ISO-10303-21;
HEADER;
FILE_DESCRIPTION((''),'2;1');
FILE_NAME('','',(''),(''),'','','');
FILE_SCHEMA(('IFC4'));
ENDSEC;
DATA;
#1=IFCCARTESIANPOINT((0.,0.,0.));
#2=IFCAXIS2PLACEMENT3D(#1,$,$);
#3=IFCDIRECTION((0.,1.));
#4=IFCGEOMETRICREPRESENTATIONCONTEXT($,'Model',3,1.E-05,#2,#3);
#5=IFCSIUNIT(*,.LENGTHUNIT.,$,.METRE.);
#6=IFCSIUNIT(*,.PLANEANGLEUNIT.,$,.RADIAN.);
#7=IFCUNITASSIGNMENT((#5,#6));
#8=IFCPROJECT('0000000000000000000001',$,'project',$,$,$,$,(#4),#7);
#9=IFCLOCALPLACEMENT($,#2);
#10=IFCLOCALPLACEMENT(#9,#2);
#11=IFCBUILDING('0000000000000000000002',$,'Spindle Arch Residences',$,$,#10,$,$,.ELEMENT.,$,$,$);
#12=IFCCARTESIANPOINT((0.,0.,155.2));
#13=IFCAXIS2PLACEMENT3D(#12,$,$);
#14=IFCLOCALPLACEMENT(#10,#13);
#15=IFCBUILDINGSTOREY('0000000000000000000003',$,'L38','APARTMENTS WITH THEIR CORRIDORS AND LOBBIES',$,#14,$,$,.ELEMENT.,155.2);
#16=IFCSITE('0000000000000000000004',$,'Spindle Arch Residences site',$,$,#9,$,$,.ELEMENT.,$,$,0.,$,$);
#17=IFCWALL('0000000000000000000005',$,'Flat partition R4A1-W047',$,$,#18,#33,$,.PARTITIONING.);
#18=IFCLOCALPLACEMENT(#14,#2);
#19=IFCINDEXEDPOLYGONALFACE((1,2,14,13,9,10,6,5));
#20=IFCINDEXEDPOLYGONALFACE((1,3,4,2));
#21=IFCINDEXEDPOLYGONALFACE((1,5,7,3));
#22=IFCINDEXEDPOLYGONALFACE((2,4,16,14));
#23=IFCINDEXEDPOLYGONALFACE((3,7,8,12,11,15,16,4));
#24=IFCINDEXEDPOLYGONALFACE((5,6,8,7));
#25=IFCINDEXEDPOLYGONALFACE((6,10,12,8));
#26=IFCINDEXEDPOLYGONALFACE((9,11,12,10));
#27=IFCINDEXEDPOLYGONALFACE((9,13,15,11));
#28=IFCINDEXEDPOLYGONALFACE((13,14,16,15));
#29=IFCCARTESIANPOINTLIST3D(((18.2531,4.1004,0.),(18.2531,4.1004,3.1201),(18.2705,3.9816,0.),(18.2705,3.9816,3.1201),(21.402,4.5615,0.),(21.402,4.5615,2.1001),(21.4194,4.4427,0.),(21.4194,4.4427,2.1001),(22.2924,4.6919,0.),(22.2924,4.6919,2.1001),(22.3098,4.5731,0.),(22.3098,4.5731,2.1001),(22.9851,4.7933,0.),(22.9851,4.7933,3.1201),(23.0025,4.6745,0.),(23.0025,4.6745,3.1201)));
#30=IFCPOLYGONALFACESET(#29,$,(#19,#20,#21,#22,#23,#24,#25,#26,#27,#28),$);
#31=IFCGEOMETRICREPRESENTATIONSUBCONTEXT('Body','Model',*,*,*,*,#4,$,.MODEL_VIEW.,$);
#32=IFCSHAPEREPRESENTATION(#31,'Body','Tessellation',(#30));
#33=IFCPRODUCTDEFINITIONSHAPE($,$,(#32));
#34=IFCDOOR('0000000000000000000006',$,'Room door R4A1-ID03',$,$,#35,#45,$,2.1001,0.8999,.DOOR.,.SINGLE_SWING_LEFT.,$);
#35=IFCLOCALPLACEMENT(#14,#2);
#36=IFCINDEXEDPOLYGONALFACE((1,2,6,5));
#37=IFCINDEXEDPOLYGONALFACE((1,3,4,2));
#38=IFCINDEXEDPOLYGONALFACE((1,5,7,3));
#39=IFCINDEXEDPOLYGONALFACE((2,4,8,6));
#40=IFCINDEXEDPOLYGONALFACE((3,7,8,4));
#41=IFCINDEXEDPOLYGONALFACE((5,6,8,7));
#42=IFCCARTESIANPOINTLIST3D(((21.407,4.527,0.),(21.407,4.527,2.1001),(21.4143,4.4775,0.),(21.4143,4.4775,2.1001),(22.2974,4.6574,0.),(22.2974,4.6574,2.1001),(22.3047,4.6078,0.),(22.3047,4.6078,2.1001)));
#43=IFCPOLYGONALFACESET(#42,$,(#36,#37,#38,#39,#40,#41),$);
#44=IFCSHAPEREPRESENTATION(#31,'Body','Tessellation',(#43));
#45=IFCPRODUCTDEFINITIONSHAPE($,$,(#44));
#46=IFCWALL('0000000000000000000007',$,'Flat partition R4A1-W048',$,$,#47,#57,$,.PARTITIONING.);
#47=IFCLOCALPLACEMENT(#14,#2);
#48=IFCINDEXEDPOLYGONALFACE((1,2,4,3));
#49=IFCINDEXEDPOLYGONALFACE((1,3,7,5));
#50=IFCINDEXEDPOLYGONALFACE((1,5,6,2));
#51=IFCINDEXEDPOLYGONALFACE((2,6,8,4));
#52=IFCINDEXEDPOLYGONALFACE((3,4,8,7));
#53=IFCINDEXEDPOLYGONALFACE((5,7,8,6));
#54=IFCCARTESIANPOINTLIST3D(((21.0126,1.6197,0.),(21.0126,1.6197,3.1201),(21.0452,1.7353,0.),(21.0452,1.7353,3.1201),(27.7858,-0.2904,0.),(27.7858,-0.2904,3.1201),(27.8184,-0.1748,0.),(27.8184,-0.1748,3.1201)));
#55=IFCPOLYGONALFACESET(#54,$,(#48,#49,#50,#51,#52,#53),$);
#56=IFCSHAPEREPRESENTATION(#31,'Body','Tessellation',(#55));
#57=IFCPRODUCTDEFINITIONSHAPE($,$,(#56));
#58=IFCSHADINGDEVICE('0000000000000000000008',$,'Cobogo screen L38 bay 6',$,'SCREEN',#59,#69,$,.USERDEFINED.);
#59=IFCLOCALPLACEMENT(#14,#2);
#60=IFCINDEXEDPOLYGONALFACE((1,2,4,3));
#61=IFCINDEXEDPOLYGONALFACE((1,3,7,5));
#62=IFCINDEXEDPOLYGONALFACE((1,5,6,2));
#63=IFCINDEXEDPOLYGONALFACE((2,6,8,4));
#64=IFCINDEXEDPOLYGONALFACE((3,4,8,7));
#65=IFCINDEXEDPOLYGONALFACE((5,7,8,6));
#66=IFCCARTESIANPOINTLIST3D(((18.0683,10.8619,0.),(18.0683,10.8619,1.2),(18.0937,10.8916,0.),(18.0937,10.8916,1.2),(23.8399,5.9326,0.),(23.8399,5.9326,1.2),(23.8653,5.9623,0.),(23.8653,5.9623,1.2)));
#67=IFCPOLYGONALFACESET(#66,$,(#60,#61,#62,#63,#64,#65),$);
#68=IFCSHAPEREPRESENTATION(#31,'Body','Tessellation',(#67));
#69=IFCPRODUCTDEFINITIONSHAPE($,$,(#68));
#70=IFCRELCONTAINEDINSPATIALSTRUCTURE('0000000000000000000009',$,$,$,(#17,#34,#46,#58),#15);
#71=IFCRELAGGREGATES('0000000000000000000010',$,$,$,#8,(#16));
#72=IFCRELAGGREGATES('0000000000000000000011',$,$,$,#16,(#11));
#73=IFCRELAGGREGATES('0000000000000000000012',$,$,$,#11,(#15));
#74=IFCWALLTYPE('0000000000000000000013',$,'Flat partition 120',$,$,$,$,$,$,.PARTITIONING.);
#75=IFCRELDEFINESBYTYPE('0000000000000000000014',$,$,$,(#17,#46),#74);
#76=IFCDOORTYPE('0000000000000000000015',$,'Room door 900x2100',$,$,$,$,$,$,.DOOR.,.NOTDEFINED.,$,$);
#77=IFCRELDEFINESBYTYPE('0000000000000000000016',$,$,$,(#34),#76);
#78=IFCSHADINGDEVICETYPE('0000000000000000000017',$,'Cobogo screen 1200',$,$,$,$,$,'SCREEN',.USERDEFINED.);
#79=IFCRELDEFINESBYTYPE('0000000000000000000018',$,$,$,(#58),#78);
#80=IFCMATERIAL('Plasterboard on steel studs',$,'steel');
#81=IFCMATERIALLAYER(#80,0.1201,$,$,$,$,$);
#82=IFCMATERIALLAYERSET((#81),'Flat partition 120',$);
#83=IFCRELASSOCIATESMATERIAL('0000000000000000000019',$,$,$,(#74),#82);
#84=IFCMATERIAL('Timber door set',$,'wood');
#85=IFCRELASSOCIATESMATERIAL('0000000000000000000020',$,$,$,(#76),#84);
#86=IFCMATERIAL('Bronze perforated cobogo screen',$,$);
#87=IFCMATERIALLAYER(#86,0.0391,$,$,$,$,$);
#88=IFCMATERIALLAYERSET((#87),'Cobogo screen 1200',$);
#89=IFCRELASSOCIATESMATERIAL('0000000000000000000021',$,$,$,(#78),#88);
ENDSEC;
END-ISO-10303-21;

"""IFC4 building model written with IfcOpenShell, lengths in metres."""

from ifc_helpers import new_model, si_unit, direction, frame, frame_2d, origin, origin_2d, place, context, subcontext, project, spatial, rectangle, extrude, material, layer, layer_set, type_object, element, fill, save


model = new_model("IFC4")

# Units and contexts
model_context = context("Model", 3, precision=1e-05, world=origin(), true_north=direction((0.0, 1.0)))
body_context = subcontext(model_context, "Body", "Model", "MODEL_VIEW")
ifc_project = project(units=[si_unit("LENGTHUNIT", "METRE"), si_unit("PLANEANGLEUNIT", "RADIAN")], contexts=[model_context])

# Site, building, storey
site_placement = place(None, origin())
site = spatial("IfcSite", under=ifc_project, at=site_placement, Name="Spindle Arch Residences site", CompositionType="ELEMENT", RefElevation=0.0)
building_placement = place(site_placement, origin())
building = spatial("IfcBuilding", under=site, at=building_placement, Name="Spindle Arch Residences", CompositionType="ELEMENT")
storey_placement = place(building_placement, frame((0.0, 0.0, 155.2)))
storey = spatial("IfcBuildingStorey", under=building, at=storey_placement, Name="L38", Description="APARTMENTS WITH THEIR CORRIDORS AND LOBBIES", CompositionType="ELEMENT", Elevation=155.2)

# Wall, opening, door
ifc_material_1 = material(Name="Plasterboard on steel studs", Category="steel")
ifc_layer_1 = layer(ifc_material_1, 0.1201)
ifc_layer_set_1 = layer_set([ifc_layer_1], Name="Flat partition 120")
wall_type_1 = type_object("IfcWallType", Name="Flat partition 120", PredefinedType="PARTITIONING", material=ifc_layer_set_1)
wall_1_placement = place(storey_placement, frame((22.9937, 4.7339, 0.0), z_axis=(0.0, 0.0, 1.0), x_axis=(-0.989449, -0.14488, 0.0)))
wall_1 = element("IfcWall", 1, at=wall_1_placement, inside=storey, type_object=wall_type_1, Name="Flat partition R4A1-W047", PredefinedType="PARTITIONING", context=body_context, shape_type="SweptSolid", body=[
    extrude(rectangle(XDim=4.7825, YDim=0.1201, at=frame_2d((2.3911, 0.0))), origin(), (0.0, 0.0, 1.0), 3.1201),
])
opening_1_placement = place(wall_1_placement, frame((0.7, 0.0, 0.0)))
opening_1 = element("IfcOpeningElement", 2, at=opening_1_placement, cuts=wall_1, PredefinedType="OPENING", context=body_context, shape_type="SweptSolid", body=[
    extrude(rectangle(XDim=0.8999, YDim=2.1001, at=frame_2d((0.45, 1.05))), frame((0.0, 0.0701, 0.0), z_axis=(0.0, -1.0, 0.0), x_axis=(1.0, 0.0, 0.0)), (0.0, 0.0, 1.0), 0.1401),
])
ifc_material_2 = material(Name="Timber door set", Category="wood")
door_type_1 = type_object("IfcDoorType", Name="Room door 900x2100", OperationType="NOTDEFINED", PredefinedType="DOOR", material=ifc_material_2)
door_1_placement = place(opening_1_placement, origin())
door_1 = element("IfcDoor", 3, at=door_1_placement, inside=storey, type_object=door_type_1, Name="Room door R4A1-ID03", OperationType="SINGLE_SWING_LEFT", OverallHeight=2.1001, OverallWidth=0.8999, PredefinedType="DOOR", context=body_context, shape_type="SweptSolid", body=[
    extrude(rectangle(XDim=0.8999, YDim=2.1001, at=frame_2d((0.45, 1.05))), frame((0.0, 0.0249, 0.0), z_axis=(0.0, -1.0, 0.0), x_axis=(1.0, 0.0, 0.0)), (0.0, 0.0, 1.0), 0.05),
])
fill(opening_1, door_1)

# Wall
wall_2_placement = place(storey_placement, frame((21.0291, 1.6775, 0.0), z_axis=(0.0, 0.0, 1.0), x_axis=(0.962458, -0.27143, 0.0)))
element("IfcWall", 4, at=wall_2_placement, inside=storey, type_object=wall_type_1, Name="Flat partition R4A1-W048", PredefinedType="PARTITIONING", context=body_context, shape_type="SweptSolid", body=[
    extrude(rectangle(XDim=7.0374, YDim=0.1201, at=frame_2d((3.5186, 0.0))), origin(), (0.0, 0.0, 1.0), 3.1201),
])

# Shading device
ifc_material_3 = material(Name="Bronze perforated cobogo screen")
ifc_layer_2 = layer(ifc_material_3, 0.0391)
ifc_layer_set_2 = layer_set([ifc_layer_2], Name="Cobogo screen 1200")
shading_device_type = type_object("IfcShadingDeviceType", Name="Cobogo screen 1200", ElementType="SCREEN", PredefinedType="USERDEFINED", material=ifc_layer_set_2)
shading_device_placement = place(storey_placement, frame((20.9668, 8.4121, 0.0), z_axis=(0.0, 0.0, 1.0), x_axis=(-0.760406, 0.649448, 0.0)))
element("IfcShadingDevice", 5, at=shading_device_placement, inside=storey, type_object=shading_device_type, Name="Cobogo screen L38 bay 6", ObjectType="SCREEN", PredefinedType="USERDEFINED", context=body_context, shape_type="SweptSolid", body=[
    extrude(rectangle(XDim=7.5901, YDim=0.0391, at=origin_2d()), origin(), (0.0, 0.0, 1.0), 1.2),
])

save(model, "model.ifc")
